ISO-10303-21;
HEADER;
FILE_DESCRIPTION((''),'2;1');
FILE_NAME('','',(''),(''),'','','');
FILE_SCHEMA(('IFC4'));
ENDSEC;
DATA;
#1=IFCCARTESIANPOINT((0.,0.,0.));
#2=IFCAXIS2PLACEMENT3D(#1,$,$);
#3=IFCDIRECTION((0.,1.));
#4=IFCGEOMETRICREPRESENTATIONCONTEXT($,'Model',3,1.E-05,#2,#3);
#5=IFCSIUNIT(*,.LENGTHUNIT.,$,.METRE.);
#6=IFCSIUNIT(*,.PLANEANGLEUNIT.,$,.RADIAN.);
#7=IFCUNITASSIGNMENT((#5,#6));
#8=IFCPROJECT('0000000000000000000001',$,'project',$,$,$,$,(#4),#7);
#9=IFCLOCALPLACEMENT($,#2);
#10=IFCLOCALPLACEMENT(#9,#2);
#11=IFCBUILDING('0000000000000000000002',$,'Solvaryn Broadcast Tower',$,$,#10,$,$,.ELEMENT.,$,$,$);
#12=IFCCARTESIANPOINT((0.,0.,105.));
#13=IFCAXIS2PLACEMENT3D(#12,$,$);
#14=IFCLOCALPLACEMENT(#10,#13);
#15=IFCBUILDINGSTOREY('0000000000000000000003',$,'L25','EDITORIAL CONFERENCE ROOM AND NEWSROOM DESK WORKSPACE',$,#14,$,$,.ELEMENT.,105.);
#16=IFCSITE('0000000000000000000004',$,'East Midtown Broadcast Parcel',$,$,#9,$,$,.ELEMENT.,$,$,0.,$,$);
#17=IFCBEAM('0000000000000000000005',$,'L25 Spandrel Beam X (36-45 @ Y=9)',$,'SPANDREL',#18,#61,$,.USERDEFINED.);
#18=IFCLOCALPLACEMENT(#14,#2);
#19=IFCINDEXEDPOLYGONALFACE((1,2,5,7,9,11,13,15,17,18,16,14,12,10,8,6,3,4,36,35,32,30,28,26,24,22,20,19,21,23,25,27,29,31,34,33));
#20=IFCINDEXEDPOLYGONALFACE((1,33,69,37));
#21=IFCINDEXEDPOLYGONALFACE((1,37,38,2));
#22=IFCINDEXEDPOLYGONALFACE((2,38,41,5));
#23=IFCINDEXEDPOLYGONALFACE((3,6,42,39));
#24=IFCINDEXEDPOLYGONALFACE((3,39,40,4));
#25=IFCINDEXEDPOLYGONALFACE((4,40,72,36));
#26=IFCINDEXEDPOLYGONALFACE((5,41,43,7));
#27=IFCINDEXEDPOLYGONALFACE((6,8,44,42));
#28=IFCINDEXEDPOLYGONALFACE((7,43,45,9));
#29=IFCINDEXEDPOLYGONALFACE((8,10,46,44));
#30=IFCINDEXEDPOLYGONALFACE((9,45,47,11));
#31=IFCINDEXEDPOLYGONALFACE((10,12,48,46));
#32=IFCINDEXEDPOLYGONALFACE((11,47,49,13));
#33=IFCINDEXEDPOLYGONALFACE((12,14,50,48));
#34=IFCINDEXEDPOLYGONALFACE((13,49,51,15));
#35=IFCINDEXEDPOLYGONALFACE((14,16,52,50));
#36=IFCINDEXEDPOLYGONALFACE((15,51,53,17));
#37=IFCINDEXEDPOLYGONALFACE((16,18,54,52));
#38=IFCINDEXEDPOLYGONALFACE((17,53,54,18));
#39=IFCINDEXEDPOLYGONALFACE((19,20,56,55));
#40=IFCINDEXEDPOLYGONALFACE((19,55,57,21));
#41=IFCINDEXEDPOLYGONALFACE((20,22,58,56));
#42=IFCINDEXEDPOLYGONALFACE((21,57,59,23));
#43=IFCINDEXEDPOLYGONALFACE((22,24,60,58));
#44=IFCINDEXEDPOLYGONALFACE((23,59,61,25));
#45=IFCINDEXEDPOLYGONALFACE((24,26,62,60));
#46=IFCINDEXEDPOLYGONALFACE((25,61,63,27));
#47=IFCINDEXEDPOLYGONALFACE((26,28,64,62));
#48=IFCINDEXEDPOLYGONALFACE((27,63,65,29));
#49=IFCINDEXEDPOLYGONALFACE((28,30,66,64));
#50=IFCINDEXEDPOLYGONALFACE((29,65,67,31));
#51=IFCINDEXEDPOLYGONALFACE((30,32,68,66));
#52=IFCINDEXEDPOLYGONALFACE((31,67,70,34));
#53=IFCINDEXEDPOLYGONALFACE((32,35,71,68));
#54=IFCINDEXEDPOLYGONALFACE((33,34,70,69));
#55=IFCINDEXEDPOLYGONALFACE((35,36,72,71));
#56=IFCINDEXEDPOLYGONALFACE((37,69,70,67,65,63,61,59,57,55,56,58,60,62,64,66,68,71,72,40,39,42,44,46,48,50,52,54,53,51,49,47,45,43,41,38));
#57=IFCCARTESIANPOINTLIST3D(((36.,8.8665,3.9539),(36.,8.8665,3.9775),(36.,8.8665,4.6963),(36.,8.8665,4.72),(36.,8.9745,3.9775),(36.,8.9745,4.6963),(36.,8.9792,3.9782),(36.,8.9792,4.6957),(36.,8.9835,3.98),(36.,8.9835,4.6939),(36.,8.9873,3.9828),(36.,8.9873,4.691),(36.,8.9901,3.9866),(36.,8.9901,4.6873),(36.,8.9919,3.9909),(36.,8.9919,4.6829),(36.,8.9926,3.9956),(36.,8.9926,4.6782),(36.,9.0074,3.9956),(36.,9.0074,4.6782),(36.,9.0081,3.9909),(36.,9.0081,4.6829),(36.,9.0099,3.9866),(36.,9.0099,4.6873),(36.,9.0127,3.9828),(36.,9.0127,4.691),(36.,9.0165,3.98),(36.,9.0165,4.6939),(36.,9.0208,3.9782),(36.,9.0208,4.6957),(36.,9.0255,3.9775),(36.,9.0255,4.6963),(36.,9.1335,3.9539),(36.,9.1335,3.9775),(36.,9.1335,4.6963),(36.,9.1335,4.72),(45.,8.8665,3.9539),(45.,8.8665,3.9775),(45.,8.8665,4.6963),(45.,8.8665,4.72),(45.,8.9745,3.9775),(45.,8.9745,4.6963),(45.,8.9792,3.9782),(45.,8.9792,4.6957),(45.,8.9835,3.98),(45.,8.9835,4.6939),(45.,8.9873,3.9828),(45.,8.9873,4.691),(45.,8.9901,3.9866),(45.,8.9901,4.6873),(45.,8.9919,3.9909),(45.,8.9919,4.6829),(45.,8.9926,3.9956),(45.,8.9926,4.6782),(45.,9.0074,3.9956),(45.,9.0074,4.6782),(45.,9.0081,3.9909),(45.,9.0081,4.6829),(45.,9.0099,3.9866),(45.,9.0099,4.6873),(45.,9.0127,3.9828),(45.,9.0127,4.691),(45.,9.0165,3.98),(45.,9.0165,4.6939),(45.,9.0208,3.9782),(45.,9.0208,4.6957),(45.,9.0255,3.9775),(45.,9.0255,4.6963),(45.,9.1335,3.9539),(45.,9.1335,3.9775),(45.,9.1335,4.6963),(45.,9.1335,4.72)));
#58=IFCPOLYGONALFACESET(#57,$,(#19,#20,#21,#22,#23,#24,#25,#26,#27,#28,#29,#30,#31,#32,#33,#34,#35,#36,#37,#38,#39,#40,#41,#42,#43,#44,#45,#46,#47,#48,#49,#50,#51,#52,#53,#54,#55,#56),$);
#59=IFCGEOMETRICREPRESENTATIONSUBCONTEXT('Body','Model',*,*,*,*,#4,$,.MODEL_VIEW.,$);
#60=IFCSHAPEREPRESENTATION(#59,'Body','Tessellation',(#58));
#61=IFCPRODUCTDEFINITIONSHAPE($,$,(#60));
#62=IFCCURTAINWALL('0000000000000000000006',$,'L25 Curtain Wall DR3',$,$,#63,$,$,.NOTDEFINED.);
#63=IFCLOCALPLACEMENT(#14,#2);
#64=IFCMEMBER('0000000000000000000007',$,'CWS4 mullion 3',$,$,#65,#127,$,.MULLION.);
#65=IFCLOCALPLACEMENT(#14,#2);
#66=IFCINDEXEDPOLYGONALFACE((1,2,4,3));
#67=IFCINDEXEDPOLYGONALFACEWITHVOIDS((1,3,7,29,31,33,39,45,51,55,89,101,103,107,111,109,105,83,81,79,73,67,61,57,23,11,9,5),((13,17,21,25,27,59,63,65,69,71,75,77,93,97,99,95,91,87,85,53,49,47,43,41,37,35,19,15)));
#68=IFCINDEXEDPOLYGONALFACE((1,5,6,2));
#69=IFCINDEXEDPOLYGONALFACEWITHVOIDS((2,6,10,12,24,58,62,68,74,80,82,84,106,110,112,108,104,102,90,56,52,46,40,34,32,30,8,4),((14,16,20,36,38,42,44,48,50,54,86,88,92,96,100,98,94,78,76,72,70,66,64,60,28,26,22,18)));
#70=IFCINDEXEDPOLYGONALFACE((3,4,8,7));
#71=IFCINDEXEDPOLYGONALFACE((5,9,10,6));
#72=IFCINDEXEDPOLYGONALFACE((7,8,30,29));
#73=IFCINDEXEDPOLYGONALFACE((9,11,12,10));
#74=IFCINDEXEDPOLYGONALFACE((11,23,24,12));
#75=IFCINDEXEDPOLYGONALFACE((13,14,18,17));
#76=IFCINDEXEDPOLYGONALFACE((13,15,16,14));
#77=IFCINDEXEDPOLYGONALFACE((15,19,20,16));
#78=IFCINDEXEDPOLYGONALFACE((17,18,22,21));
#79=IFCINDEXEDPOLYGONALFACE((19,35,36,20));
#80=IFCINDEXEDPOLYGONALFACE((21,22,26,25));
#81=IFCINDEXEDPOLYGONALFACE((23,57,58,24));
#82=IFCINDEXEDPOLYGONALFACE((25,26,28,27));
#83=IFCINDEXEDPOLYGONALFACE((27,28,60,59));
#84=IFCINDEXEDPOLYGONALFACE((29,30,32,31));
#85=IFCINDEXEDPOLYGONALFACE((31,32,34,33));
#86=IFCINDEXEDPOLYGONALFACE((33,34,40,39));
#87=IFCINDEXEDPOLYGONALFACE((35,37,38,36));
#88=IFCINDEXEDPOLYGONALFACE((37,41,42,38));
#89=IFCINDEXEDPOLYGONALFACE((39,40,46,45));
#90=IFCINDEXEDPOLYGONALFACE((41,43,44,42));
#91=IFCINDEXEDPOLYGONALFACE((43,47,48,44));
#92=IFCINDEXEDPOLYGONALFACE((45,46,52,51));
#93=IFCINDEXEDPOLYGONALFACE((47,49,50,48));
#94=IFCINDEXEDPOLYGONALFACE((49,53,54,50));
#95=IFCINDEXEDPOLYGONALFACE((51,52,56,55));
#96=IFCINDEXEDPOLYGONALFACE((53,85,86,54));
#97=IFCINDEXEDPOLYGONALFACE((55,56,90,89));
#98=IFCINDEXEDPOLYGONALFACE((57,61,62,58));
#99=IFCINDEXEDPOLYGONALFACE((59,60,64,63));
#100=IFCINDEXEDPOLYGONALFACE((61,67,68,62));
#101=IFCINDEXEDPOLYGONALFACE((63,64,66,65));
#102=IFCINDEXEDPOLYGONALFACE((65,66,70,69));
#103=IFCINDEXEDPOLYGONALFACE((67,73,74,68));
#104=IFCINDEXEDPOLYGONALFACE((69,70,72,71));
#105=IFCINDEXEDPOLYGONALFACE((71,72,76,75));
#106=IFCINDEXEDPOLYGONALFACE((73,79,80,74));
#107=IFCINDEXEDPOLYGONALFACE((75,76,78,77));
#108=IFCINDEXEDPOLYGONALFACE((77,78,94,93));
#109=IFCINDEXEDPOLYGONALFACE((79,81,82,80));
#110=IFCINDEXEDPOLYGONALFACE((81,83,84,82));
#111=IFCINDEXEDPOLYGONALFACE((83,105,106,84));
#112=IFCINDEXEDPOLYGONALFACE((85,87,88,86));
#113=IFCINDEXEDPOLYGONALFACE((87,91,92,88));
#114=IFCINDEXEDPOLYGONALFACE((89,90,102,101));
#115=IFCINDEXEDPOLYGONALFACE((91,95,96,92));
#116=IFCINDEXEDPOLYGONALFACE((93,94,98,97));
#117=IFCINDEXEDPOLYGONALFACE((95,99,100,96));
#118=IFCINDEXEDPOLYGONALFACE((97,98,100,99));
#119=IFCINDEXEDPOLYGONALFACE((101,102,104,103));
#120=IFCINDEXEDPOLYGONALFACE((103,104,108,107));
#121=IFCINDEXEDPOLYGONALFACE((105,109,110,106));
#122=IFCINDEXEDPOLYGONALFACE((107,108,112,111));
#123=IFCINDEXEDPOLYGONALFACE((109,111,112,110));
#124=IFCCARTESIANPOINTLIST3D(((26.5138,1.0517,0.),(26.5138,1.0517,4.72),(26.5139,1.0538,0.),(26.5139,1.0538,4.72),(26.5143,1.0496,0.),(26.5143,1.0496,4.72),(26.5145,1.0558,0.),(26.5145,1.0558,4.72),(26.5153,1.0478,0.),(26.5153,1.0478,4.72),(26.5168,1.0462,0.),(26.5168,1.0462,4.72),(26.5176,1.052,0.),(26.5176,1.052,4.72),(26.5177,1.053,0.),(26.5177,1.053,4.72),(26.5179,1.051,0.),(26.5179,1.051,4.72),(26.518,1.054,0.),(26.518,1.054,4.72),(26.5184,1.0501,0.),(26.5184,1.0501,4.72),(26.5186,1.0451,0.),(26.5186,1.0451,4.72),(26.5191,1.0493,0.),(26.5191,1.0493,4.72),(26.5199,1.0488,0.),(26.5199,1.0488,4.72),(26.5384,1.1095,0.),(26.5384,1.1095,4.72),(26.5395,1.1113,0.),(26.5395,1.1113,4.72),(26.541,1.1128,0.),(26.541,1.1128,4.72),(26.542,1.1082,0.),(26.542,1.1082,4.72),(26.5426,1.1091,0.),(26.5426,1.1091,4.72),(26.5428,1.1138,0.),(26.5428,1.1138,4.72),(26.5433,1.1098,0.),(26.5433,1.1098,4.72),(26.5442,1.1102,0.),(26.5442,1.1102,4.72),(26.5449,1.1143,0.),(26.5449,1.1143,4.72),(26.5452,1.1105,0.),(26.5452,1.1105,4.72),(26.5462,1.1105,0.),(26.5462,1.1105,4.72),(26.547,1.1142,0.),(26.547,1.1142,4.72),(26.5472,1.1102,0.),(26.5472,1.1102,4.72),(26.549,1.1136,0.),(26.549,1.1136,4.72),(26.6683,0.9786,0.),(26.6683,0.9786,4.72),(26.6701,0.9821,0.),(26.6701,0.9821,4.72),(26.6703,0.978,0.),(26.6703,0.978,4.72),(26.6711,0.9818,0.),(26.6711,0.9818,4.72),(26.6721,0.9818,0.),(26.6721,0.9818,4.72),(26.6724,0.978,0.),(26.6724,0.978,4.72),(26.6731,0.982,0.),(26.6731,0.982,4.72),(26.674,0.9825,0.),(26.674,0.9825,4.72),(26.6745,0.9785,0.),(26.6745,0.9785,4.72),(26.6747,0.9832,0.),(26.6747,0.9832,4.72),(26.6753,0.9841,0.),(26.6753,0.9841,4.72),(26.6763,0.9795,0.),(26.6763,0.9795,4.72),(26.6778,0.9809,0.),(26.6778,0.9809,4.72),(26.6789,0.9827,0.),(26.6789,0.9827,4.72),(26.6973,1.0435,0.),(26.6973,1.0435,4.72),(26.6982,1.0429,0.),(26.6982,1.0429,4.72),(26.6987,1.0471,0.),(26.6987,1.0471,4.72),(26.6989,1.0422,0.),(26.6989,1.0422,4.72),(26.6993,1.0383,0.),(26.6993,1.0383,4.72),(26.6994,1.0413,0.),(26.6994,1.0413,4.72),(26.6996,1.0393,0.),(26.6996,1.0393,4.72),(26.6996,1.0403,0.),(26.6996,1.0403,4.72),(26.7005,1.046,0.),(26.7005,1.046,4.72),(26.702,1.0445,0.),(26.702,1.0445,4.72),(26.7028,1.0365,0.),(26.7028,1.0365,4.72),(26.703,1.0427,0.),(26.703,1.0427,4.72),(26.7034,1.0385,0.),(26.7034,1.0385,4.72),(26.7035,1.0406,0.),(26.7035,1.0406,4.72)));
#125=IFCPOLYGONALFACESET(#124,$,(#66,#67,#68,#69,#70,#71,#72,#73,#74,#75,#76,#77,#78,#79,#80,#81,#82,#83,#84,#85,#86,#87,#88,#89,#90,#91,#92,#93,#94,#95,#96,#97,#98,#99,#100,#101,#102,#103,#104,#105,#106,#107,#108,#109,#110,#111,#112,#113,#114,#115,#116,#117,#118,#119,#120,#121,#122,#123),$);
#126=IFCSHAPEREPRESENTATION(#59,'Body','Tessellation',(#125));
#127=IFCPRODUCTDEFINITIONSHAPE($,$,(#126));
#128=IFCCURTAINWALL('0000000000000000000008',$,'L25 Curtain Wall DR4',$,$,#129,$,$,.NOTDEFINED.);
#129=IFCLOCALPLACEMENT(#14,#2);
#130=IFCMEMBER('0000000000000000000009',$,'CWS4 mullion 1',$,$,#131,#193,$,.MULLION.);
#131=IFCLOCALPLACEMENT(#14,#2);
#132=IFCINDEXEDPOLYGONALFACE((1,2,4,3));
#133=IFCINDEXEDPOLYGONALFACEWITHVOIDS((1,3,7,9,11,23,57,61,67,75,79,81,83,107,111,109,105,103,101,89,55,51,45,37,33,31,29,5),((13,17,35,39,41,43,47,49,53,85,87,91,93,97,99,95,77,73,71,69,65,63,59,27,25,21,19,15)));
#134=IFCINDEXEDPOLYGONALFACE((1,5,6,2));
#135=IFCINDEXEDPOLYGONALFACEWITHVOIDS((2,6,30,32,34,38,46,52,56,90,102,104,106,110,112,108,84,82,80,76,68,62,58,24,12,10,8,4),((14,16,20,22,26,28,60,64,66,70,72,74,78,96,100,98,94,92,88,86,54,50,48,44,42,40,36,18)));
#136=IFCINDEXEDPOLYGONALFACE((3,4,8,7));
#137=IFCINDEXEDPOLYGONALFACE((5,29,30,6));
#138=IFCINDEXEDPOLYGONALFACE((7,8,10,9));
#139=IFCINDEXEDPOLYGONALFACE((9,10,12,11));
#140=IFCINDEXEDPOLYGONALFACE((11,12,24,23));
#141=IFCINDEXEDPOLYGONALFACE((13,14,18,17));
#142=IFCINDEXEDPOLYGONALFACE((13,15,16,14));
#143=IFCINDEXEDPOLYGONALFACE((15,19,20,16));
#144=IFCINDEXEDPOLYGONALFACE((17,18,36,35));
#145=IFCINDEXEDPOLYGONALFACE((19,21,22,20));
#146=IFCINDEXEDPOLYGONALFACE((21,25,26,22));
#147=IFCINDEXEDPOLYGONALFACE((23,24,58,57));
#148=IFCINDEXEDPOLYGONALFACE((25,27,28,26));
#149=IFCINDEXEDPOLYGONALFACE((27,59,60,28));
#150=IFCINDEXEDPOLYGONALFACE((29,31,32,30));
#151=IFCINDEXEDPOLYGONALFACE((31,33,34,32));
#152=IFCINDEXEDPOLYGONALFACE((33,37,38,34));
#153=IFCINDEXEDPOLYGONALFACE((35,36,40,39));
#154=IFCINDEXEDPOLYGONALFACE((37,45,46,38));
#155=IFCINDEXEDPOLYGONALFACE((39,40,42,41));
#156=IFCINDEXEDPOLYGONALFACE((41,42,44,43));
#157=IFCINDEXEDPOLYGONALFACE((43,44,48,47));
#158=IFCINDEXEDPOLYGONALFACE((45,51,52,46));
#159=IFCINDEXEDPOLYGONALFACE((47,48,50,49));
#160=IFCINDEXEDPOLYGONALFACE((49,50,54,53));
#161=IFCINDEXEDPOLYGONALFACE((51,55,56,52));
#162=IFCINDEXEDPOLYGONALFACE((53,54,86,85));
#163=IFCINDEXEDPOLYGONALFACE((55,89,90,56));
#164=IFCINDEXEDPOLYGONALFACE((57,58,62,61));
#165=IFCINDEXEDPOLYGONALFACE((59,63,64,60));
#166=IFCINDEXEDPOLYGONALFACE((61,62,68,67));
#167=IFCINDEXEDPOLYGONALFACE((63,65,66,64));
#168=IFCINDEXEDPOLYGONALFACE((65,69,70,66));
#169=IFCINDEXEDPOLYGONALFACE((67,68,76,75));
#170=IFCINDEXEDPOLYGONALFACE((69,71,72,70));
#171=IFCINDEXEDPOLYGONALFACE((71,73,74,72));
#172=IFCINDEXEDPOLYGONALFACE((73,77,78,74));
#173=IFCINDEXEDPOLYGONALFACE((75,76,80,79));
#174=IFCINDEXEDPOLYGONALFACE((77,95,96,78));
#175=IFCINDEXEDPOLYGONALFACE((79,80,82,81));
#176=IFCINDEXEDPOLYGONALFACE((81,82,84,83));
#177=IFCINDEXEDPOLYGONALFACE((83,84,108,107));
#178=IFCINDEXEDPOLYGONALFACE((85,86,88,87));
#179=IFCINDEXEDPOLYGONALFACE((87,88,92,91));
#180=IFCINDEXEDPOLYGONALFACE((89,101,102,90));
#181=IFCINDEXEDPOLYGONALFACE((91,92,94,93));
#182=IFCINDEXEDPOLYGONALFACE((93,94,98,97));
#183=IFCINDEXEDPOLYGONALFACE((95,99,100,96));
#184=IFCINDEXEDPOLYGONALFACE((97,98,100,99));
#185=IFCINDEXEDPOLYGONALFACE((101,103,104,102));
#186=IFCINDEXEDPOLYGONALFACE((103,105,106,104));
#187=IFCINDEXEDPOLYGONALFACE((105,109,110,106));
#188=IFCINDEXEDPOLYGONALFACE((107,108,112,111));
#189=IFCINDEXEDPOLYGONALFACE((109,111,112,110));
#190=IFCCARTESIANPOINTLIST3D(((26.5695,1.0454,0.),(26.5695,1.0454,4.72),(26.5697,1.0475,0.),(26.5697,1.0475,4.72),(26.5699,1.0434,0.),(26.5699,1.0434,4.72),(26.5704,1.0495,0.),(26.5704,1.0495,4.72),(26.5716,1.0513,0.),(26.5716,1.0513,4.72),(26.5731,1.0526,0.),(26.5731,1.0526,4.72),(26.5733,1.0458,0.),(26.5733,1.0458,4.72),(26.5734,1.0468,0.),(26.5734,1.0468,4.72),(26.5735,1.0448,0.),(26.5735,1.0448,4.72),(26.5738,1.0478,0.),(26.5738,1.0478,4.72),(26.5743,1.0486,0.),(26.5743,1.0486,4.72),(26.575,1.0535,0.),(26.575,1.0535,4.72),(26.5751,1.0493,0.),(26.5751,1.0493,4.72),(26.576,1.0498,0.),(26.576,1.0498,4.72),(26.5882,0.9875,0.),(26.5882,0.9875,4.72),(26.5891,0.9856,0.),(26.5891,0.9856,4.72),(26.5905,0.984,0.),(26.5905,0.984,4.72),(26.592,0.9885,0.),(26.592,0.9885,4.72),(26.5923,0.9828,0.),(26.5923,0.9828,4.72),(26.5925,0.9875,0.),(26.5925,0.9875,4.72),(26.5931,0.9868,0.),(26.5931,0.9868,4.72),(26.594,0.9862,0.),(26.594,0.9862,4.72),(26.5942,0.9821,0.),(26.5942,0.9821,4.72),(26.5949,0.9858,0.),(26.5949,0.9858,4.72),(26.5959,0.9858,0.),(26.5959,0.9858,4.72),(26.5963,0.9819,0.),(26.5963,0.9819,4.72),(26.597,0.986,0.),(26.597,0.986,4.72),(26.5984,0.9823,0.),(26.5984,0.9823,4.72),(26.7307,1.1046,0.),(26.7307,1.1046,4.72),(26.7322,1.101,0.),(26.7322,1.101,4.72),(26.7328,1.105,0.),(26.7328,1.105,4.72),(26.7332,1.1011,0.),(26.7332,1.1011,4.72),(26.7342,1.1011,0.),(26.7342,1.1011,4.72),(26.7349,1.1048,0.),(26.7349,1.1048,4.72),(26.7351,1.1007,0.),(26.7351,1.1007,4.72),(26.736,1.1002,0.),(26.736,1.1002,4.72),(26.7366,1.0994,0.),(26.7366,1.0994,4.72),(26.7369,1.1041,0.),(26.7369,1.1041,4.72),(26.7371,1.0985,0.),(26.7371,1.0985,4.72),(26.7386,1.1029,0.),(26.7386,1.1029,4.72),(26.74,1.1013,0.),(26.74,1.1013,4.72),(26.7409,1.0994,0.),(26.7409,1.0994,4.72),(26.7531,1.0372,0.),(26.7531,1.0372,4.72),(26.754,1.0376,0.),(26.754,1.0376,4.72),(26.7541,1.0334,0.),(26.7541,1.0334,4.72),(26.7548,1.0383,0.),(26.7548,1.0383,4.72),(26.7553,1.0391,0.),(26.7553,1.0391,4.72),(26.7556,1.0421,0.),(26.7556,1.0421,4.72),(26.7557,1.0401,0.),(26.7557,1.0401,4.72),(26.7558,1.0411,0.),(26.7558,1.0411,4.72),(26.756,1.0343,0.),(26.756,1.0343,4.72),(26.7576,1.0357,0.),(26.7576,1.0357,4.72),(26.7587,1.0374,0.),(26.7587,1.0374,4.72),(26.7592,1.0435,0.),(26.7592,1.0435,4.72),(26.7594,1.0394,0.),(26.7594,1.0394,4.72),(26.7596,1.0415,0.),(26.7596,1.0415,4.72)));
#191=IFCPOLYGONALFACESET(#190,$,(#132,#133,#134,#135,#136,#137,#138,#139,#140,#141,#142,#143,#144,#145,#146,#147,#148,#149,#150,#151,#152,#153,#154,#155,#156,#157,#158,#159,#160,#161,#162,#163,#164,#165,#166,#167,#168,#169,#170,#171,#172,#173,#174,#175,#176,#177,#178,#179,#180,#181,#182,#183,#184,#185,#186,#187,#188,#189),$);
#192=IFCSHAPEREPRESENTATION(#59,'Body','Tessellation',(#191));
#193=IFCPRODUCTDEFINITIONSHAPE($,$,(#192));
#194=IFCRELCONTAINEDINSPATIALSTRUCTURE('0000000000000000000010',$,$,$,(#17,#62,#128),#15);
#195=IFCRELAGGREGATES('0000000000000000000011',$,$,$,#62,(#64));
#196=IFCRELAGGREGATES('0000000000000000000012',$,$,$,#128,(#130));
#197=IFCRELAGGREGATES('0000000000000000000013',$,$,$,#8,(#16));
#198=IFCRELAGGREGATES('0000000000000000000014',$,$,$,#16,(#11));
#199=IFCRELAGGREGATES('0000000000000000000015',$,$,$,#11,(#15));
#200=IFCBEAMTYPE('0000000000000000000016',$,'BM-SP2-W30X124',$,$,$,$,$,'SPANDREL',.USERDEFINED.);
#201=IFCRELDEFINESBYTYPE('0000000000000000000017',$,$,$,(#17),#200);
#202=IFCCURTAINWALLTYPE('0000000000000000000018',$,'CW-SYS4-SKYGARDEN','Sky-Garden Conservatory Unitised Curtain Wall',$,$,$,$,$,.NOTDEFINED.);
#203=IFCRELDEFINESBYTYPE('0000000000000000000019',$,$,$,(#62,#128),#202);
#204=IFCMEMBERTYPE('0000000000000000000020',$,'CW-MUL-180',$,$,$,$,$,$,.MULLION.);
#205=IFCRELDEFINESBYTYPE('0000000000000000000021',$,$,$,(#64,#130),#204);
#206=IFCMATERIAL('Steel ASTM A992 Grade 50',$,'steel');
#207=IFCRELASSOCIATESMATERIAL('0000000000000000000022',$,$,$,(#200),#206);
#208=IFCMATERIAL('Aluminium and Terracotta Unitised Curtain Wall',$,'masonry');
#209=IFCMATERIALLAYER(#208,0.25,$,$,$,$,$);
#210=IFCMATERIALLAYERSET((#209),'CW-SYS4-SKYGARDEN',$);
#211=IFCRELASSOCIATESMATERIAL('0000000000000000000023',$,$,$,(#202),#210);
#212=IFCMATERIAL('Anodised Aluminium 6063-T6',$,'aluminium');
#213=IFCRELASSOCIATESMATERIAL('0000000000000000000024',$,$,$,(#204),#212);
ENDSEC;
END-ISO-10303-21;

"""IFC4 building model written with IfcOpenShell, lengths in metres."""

from ifc_helpers import new_model, si_unit, direction, frame, origin, origin_2d, place, context, subcontext, project, spatial, hollow_rectangle, i_section, extrude, material, layer, layer_set, material_profile, profile_set, type_object, element, aggregate, save


model = new_model("IFC4")

# Units and contexts
model_context = context("Model", 3, precision=1e-05, world=origin(), true_north=direction((0.0, 1.0)))
body_context = subcontext(model_context, "Body", "Model", "MODEL_VIEW")
ifc_project = project(units=[si_unit("LENGTHUNIT", "METRE"), si_unit("PLANEANGLEUNIT", "RADIAN")], contexts=[model_context])

# Site, building, storey
site_placement = place(None, origin())
site = spatial("IfcSite", under=ifc_project, at=site_placement, Name="East Midtown Broadcast Parcel", CompositionType="ELEMENT", RefElevation=0.0)
building_placement = place(site_placement, origin())
building = spatial("IfcBuilding", under=site, at=building_placement, Name="Solvaryn Broadcast Tower", CompositionType="ELEMENT")
storey_placement = place(building_placement, frame((0.0, 0.0, 105.0)))
storey = spatial("IfcBuildingStorey", under=building, at=storey_placement, Name="L25", Description="EDITORIAL CONFERENCE ROOM AND NEWSROOM DESK WORKSPACE", CompositionType="ELEMENT", Elevation=105.0)

# Beam
ifc_material_1 = material(Name="Steel ASTM A992 Grade 50", Category="steel")
ifc_material_profile_1 = material_profile(ifc_material_1, i_section(OverallWidth=0.2671, OverallDepth=0.7661, WebThickness=0.0149, FlangeThickness=0.0237, FilletRadius=0.0181, at=origin_2d()))
ifc_profile_set_1 = profile_set([ifc_material_profile_1], Name="Steel ASTM A992 Grade 50")
beam_type_1 = type_object("IfcBeamType", Name="BM-SP2-W30X124", ElementType="SPANDREL", PredefinedType="USERDEFINED", material=ifc_profile_set_1)
for number, where, z_axis, x_axis, name in (
    (1, (36.0, 9.0, 4.3369), (1.0, 0.0, 0.0), (0.0, 1.0, 0.0), "L25 Spandrel Beam X (36-45 @ Y=9)"),
):
    element("IfcBeam", number, at=place(storey_placement, frame(where, z_axis=z_axis, x_axis=x_axis)), inside=storey, type_object=beam_type_1, Name=name, ObjectType="SPANDREL", PredefinedType="USERDEFINED", context=body_context, shape_type="SweptSolid", body=[
        extrude(i_section(OverallWidth=0.2671, OverallDepth=0.7661, WebThickness=0.0149, FlangeThickness=0.0237, FilletRadius=0.0181, at=origin_2d()), origin(), (0.0, 0.0, 1.0), 9.0),
    ])

# Curtain wall, member
ifc_material_2 = material(Name="Aluminium and Terracotta Unitised Curtain Wall", Category="masonry")
ifc_layer_1 = layer(ifc_material_2, 0.25)
ifc_layer_set_1 = layer_set([ifc_layer_1], Name="CW-SYS4-SKYGARDEN")
curtain_wall_type = type_object("IfcCurtainWallType", Name="CW-SYS4-SKYGARDEN", Description="Sky-Garden Conservatory Unitised Curtain Wall", PredefinedType="NOTDEFINED", material=ifc_layer_set_1)
curtain_wall_1_placement = place(storey_placement, origin())
curtain_wall_1 = element("IfcCurtainWall", 2, at=curtain_wall_1_placement, inside=storey, type_object=curtain_wall_type, Name="L25 Curtain Wall DR3", PredefinedType="NOTDEFINED")
ifc_material_3 = material(Name="Anodised Aluminium 6063-T6", Category="aluminium")
ifc_material_profile_2 = material_profile(ifc_material_3, hollow_rectangle(XDim=0.075, YDim=0.1799, WallThickness=0.0039, InnerFilletRadius=0.0039, OuterFilletRadius=0.0081, at=origin_2d()))
ifc_profile_set_2 = profile_set([ifc_material_profile_2], Name="Anodised Aluminium 6063-T6")
member_type_1 = type_object("IfcMemberType", Name="CW-MUL-180", PredefinedType="MULLION", material=ifc_profile_set_2)
member_1_placement = place(storey_placement, frame((26.6086, 1.0461, 0.0), z_axis=(0.0, 0.0, 1.0), x_axis=(0.405918, 0.913909, 0.0)))
member_1 = element("IfcMember", 3, at=member_1_placement, type_object=member_type_1, Name="CWS4 mullion 3", PredefinedType="MULLION", context=body_context, shape_type="SweptSolid", body=[
    extrude(hollow_rectangle(XDim=0.075, YDim=0.1799, WallThickness=0.0039, InnerFilletRadius=0.0039, OuterFilletRadius=0.0081, at=origin_2d()), origin(), (0.0, 0.0, 1.0), 4.72),
])
aggregate(curtain_wall_1, [member_1])

# Curtain wall, member
curtain_wall_2_placement = place(storey_placement, origin())
curtain_wall_2 = element("IfcCurtainWall", 4, at=curtain_wall_2_placement, inside=storey, type_object=curtain_wall_type, Name="L25 Curtain Wall DR4", PredefinedType="NOTDEFINED")
member_2_placement = place(storey_placement, frame((26.6646, 1.0435, 0.0), z_axis=(0.0, 0.0, 1.0), x_axis=(-0.311646, 0.950198, 0.0)))
member_2 = element("IfcMember", 5, at=member_2_placement, type_object=member_type_1, Name="CWS4 mullion 1", PredefinedType="MULLION", context=body_context, shape_type="SweptSolid", body=[
    extrude(hollow_rectangle(XDim=0.075, YDim=0.1799, WallThickness=0.0039, InnerFilletRadius=0.0039, OuterFilletRadius=0.0081, at=origin_2d()), origin(), (0.0, 0.0, 1.0), 4.72),
])

aggregate(curtain_wall_2, [member_2])

save(model, "model.ifc")
